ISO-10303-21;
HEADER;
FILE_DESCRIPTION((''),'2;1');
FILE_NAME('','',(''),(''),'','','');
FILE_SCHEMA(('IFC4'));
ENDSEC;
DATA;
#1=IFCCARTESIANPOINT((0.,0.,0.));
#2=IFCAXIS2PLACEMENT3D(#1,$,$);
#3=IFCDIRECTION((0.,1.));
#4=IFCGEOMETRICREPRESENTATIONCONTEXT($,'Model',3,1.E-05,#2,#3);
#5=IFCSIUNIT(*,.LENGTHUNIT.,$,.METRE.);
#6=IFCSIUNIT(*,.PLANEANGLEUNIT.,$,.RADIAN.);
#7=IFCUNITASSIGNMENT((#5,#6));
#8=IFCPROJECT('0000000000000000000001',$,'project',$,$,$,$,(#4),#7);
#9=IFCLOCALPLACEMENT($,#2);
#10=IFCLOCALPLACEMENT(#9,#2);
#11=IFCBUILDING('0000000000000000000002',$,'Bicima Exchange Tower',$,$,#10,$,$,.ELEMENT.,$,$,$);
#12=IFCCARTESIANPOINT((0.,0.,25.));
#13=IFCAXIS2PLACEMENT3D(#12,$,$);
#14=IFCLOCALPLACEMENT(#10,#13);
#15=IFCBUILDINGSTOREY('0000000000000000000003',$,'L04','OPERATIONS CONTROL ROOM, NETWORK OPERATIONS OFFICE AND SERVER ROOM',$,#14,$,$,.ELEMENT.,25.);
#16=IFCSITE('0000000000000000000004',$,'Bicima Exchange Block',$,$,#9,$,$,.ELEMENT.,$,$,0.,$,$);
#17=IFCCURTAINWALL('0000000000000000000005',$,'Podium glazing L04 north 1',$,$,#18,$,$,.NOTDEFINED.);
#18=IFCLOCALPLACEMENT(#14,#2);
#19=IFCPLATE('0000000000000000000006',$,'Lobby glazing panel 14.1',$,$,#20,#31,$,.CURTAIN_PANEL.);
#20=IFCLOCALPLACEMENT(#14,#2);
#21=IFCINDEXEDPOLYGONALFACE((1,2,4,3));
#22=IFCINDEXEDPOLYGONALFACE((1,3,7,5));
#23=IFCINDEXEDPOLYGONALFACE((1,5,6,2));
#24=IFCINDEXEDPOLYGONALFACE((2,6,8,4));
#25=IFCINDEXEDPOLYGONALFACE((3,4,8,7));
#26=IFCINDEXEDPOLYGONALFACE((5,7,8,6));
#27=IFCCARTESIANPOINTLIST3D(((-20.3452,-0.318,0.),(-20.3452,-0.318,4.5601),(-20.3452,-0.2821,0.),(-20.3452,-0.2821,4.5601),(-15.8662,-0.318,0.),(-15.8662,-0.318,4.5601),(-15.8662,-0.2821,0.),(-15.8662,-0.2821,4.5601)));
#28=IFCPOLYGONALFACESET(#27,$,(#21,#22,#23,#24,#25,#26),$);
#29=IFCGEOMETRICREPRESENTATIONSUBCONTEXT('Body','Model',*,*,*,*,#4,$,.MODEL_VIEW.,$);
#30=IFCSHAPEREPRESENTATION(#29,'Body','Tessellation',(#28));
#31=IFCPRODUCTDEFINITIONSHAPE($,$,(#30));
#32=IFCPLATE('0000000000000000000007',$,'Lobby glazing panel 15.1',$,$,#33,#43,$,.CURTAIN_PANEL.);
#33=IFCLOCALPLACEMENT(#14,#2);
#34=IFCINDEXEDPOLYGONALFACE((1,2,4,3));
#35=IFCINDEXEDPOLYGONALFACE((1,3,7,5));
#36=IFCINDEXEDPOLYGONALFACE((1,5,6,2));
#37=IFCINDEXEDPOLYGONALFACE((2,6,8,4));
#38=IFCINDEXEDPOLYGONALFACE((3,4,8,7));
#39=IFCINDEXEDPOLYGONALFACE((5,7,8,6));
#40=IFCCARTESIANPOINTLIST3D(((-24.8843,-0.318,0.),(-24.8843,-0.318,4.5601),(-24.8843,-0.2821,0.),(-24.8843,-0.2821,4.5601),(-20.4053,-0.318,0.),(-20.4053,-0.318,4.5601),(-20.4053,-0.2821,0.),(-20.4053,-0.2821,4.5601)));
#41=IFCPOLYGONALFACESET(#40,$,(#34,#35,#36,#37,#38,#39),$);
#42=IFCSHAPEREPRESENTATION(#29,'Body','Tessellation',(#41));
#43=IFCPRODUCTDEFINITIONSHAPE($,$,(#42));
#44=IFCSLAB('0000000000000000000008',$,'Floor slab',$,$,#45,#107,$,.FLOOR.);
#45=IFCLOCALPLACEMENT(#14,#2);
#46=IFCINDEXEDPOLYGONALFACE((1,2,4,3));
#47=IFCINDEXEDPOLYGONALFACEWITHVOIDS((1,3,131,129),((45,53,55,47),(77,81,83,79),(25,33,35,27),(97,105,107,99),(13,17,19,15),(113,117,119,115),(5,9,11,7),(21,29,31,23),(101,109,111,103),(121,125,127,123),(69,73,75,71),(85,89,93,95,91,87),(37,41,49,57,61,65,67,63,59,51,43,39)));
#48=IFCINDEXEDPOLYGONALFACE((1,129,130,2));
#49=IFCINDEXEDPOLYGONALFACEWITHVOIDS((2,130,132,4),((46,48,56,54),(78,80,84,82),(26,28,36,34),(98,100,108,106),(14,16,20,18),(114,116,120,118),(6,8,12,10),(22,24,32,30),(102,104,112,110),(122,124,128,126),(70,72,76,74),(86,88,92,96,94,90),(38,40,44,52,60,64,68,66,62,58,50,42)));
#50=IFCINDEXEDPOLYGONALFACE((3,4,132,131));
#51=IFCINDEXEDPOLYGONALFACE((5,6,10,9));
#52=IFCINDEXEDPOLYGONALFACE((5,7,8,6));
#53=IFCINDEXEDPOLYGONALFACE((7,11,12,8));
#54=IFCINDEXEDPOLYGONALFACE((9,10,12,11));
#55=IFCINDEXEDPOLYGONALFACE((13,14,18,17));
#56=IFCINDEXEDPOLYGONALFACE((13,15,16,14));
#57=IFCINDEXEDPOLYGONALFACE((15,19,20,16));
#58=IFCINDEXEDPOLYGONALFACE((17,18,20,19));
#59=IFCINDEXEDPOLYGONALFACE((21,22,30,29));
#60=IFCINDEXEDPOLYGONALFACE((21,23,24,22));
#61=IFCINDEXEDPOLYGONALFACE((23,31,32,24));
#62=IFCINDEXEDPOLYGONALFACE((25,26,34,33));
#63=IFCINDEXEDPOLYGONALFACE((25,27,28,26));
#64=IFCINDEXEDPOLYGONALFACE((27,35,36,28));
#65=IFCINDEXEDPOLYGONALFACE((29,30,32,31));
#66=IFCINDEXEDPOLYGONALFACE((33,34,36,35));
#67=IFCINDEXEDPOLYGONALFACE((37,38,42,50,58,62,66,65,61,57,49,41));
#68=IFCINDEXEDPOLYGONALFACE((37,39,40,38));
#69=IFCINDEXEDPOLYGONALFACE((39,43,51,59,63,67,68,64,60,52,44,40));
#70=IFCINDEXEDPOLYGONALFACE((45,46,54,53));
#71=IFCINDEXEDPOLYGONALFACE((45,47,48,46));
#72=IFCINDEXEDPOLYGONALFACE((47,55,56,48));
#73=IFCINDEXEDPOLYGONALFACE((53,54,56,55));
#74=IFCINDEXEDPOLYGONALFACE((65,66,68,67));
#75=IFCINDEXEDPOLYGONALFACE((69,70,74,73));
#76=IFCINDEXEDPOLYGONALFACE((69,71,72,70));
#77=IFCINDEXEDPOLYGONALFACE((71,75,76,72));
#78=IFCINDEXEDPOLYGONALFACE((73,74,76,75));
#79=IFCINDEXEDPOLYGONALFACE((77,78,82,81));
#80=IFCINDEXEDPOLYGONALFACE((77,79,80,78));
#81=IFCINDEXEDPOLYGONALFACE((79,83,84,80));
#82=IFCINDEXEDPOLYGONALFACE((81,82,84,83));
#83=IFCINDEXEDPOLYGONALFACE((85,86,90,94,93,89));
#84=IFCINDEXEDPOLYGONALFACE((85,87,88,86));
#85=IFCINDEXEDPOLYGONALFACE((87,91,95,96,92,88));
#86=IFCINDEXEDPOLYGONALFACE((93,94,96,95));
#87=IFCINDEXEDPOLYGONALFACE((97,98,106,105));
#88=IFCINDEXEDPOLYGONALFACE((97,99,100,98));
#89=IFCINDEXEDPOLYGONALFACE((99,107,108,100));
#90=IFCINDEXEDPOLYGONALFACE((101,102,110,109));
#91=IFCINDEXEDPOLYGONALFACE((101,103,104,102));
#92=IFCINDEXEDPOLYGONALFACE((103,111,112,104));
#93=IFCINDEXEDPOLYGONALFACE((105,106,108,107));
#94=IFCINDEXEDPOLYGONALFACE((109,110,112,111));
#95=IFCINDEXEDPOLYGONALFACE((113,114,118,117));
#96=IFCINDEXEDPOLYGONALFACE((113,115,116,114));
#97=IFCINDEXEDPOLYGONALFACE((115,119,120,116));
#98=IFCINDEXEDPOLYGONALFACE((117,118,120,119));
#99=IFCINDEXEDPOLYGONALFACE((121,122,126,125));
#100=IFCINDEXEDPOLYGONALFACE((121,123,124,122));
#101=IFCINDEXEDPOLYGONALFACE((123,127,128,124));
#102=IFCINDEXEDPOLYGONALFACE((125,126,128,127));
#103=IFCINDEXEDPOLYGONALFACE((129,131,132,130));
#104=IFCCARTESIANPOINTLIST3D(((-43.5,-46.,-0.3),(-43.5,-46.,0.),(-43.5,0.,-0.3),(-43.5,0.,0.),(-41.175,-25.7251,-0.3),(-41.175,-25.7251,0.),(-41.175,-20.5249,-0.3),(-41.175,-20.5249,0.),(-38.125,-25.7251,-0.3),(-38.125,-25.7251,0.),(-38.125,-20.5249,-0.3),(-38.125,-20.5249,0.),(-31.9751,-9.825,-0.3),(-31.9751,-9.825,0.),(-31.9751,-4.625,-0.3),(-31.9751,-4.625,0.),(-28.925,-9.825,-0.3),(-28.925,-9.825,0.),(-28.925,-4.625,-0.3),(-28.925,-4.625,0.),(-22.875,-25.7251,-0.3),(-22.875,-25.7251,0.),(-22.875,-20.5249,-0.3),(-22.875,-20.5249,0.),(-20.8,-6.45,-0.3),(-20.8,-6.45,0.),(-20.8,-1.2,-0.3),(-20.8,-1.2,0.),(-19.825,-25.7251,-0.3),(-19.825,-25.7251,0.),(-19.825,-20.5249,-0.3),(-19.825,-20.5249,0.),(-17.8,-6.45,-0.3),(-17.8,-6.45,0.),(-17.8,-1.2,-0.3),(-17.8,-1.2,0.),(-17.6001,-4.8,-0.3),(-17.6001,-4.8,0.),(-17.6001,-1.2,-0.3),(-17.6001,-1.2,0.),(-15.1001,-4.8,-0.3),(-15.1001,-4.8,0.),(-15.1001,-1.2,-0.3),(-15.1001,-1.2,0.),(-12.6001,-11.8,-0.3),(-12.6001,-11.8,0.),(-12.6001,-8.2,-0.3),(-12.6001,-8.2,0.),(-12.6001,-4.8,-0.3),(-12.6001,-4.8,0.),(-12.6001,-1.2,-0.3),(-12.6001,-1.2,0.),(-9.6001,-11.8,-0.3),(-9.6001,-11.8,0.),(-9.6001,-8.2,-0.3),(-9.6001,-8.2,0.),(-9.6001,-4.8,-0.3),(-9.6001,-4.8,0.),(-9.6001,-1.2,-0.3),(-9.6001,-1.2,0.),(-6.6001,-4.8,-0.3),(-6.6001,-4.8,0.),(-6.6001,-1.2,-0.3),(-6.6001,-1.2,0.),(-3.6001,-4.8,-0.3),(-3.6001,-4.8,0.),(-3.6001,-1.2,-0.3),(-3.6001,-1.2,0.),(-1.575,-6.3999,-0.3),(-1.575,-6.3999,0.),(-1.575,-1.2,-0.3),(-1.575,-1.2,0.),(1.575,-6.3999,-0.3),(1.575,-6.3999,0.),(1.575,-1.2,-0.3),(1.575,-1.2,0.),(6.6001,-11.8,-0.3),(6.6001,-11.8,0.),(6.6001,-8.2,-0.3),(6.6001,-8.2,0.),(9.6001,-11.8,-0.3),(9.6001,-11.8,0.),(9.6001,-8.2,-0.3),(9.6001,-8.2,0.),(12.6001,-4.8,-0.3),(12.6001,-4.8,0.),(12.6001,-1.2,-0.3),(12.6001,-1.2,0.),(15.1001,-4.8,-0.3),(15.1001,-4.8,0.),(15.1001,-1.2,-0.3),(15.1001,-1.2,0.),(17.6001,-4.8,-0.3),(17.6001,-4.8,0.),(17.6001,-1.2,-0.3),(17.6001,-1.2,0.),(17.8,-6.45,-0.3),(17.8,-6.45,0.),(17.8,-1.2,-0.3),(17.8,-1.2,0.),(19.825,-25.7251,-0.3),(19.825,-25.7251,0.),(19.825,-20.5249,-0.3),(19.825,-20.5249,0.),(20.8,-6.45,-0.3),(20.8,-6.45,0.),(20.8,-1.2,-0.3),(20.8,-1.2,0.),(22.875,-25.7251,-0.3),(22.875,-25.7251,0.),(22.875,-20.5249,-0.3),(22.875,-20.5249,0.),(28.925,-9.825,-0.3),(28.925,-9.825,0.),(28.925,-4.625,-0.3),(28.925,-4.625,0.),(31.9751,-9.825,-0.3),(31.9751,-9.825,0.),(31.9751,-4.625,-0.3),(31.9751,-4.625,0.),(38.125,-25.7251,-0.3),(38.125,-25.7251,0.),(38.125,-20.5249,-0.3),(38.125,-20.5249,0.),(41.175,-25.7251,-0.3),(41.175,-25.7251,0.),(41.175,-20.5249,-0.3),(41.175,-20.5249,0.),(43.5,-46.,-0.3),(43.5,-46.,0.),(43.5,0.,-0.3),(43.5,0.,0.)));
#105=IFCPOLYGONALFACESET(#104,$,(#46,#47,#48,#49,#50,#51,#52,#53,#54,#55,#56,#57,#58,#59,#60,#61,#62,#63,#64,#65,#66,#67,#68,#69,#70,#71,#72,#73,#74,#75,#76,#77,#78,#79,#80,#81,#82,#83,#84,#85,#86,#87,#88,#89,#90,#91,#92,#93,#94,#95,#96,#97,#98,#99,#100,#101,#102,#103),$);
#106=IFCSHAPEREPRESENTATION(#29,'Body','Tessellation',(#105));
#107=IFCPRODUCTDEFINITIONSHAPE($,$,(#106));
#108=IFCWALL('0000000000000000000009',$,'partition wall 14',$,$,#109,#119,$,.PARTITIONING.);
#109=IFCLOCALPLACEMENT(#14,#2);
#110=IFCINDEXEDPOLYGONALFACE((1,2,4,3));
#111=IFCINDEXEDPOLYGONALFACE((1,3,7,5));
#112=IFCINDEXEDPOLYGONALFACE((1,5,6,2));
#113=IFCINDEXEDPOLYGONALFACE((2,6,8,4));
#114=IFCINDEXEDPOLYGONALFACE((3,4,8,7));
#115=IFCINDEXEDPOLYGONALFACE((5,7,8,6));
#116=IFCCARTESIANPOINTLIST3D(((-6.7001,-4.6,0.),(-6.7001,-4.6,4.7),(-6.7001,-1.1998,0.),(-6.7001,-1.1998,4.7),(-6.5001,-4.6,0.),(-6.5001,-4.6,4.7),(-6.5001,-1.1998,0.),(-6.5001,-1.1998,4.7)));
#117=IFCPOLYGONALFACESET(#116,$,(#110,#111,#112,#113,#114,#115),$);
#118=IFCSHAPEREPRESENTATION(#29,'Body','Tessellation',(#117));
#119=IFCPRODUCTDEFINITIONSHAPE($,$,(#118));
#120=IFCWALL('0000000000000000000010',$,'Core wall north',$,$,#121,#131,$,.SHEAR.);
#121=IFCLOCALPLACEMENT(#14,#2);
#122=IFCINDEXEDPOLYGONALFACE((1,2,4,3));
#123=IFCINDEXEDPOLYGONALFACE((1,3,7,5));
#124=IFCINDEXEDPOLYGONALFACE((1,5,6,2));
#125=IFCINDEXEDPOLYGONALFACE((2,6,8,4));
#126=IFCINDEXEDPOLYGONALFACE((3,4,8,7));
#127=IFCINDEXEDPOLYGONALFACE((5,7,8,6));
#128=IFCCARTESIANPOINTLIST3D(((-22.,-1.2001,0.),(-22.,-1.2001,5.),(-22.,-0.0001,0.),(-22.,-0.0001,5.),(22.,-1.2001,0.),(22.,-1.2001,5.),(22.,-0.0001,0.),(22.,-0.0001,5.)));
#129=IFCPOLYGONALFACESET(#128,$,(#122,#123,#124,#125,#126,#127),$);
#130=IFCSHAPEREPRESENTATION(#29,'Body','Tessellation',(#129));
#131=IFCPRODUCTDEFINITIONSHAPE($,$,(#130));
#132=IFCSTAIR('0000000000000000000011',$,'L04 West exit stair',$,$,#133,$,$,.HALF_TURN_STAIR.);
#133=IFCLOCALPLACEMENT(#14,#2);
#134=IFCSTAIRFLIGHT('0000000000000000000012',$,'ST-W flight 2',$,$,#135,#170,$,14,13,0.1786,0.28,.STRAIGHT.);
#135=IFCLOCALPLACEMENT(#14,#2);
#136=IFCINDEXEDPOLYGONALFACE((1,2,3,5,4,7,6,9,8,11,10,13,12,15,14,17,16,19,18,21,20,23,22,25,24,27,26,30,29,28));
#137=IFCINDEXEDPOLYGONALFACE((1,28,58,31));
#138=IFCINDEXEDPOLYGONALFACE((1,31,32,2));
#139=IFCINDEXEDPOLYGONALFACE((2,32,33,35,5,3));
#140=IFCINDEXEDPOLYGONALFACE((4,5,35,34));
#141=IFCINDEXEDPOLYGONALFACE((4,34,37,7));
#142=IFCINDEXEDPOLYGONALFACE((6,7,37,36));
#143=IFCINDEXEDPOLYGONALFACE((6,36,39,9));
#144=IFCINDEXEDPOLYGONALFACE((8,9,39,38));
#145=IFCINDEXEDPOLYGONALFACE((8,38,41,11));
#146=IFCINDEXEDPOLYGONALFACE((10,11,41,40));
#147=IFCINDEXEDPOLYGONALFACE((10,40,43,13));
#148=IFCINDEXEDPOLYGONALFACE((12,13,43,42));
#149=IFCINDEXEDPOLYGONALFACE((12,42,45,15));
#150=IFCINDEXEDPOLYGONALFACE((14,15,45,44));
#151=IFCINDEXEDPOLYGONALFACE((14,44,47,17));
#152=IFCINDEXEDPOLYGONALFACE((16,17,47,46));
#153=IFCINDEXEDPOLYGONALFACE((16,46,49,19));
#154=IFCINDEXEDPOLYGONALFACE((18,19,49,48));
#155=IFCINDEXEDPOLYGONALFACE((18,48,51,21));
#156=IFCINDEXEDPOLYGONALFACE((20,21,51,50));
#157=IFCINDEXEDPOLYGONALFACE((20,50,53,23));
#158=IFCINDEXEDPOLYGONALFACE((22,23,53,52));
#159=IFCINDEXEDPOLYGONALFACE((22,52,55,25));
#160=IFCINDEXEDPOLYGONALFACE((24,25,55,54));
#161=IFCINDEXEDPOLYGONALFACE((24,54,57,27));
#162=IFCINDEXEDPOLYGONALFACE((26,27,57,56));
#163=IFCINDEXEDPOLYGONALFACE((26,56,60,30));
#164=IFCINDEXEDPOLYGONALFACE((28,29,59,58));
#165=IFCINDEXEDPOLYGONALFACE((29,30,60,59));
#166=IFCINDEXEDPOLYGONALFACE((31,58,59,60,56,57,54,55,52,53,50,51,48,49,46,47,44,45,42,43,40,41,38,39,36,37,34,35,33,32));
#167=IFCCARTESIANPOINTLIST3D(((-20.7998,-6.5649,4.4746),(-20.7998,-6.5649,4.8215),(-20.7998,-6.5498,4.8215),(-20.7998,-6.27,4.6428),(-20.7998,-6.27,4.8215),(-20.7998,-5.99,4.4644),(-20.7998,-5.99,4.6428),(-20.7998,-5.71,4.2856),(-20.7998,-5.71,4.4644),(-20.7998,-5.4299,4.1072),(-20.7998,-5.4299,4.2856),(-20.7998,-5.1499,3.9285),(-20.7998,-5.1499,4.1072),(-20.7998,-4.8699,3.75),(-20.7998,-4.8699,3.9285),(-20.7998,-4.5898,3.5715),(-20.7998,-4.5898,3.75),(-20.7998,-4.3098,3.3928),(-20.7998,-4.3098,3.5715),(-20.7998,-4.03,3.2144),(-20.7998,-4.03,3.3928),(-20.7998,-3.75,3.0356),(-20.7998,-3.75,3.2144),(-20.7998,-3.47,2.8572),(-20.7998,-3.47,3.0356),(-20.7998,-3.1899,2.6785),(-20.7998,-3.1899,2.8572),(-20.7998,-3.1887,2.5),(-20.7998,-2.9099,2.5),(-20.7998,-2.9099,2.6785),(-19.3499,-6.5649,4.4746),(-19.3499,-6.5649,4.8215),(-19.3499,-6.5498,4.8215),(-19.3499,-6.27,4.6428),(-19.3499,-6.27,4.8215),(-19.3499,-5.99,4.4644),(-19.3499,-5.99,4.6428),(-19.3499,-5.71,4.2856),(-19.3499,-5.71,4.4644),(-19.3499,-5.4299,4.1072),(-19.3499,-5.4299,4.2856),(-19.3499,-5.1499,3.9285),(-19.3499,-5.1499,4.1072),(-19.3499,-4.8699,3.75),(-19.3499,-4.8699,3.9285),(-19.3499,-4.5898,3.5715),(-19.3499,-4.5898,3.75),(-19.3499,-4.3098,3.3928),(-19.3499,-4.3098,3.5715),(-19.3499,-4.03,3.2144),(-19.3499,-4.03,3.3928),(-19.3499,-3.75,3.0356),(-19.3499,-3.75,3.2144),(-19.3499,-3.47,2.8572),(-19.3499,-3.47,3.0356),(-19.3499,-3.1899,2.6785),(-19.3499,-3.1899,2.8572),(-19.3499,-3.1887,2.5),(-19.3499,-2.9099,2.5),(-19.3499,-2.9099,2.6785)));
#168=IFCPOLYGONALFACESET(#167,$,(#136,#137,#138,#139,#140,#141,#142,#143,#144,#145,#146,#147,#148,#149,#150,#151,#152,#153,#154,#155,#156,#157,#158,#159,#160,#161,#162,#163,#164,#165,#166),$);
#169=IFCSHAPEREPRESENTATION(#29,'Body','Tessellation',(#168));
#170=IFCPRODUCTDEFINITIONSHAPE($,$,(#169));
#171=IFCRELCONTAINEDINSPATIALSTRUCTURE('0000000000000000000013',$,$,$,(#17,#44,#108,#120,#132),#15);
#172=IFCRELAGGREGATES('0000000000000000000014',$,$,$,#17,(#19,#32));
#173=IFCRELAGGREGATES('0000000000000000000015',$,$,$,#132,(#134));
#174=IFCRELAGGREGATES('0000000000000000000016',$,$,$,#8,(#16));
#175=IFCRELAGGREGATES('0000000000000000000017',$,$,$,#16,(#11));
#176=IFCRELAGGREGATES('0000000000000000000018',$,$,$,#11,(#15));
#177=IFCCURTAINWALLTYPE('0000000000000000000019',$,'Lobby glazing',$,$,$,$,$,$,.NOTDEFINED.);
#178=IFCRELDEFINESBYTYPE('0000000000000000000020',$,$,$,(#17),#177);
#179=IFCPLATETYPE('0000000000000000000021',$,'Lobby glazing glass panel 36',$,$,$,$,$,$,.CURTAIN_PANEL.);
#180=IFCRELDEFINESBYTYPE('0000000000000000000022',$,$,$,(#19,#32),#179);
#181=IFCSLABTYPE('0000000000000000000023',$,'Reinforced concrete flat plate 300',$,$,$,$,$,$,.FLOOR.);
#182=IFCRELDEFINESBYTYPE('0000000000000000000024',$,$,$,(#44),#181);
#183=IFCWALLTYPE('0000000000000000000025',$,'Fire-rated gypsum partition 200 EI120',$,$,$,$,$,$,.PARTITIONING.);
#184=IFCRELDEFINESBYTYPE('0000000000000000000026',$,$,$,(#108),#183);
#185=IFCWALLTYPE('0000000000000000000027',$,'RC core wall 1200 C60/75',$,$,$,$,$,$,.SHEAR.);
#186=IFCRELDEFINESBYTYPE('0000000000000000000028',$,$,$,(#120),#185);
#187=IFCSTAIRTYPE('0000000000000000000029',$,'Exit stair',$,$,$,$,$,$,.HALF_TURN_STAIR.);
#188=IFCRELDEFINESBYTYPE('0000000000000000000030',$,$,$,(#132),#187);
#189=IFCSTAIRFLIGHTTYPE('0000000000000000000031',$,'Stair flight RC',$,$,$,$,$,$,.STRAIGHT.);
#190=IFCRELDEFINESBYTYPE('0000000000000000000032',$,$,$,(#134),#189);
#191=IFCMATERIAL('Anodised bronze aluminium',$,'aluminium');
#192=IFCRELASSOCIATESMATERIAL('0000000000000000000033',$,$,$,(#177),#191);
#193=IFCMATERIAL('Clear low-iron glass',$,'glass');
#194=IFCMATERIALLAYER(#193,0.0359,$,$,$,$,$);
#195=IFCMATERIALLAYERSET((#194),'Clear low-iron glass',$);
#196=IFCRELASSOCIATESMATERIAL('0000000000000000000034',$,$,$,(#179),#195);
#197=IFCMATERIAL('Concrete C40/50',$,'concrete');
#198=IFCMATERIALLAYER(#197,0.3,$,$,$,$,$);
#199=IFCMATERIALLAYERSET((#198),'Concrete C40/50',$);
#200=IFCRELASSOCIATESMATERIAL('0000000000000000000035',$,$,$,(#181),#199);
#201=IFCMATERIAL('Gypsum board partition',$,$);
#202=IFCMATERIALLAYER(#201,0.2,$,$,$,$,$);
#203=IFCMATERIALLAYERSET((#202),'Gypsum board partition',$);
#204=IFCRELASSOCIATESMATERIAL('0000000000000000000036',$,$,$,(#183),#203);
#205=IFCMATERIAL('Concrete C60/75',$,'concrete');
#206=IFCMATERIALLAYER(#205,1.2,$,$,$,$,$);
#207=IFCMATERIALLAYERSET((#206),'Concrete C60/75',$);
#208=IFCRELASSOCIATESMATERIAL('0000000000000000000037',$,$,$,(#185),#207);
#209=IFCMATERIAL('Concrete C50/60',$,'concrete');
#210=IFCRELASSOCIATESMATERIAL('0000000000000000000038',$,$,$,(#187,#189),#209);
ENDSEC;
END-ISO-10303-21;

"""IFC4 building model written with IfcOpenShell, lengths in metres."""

from ifc_helpers import new_model, si_unit, direction, frame, frame_2d, origin, origin_2d, place, context, subcontext, project, spatial, polyline, rectangle, outline, extrude, material, layer, layer_set, type_object, element, aggregate, save


model = new_model("IFC4")

# Units and contexts
model_context = context("Model", 3, precision=1e-05, world=origin(), true_north=direction((0.0, 1.0)))
body_context = subcontext(model_context, "Body", "Model", "MODEL_VIEW")
ifc_project = project(units=[si_unit("LENGTHUNIT", "METRE"), si_unit("PLANEANGLEUNIT", "RADIAN")], contexts=[model_context])

# Site, building, storey
site_placement = place(None, origin())
site = spatial("IfcSite", under=ifc_project, at=site_placement, Name="Bicima Exchange Block", CompositionType="ELEMENT", RefElevation=0.0)
building_placement = place(site_placement, origin())
building = spatial("IfcBuilding", under=site, at=building_placement, Name="Bicima Exchange Tower", CompositionType="ELEMENT")
storey_placement = place(building_placement, frame((0.0, 0.0, 25.0)))
storey = spatial("IfcBuildingStorey", under=building, at=storey_placement, Name="L04", Description="OPERATIONS CONTROL ROOM, NETWORK OPERATIONS OFFICE AND SERVER ROOM", CompositionType="ELEMENT", Elevation=25.0)

# Shared definitions
ifc_material_1 = material(Name="Concrete C60/75", Category="concrete")

# Curtain wall, plates
ifc_material_2 = material(Name="Anodised bronze aluminium", Category="aluminium")
curtain_wall_type = type_object("IfcCurtainWallType", Name="Lobby glazing", PredefinedType="NOTDEFINED", material=ifc_material_2)
curtain_wall_placement = place(storey_placement, origin())
curtain_wall = element("IfcCurtainWall", 1, at=curtain_wall_placement, inside=storey, type_object=curtain_wall_type, Name="Podium glazing L04 north 1", PredefinedType="NOTDEFINED")
ifc_material_3 = material(Name="Clear low-iron glass", Category="glass")
ifc_layer_1 = layer(ifc_material_3, 0.0359)
ifc_layer_set_1 = layer_set([ifc_layer_1], Name="Clear low-iron glass")
plate_type = type_object("IfcPlateType", Name="Lobby glazing glass panel 36", PredefinedType="CURTAIN_PANEL", material=ifc_layer_set_1)
plate_1_placement = place(storey_placement, frame((-18.1057, -0.3, 0.0), z_axis=(0.0, 0.0, 1.0), x_axis=(-1.0, 0.0, 0.0)))
plate_1 = element("IfcPlate", 2, at=plate_1_placement, type_object=plate_type, Name="Lobby glazing panel 14.1", PredefinedType="CURTAIN_PANEL", context=body_context, shape_type="SweptSolid", body=[
    extrude(rectangle(XDim=4.479, YDim=0.0359, at=origin_2d()), origin(), (0.0, 0.0, 1.0), 4.5601),
])
plate_2_placement = place(storey_placement, frame((-22.6448, -0.3, 0.0), z_axis=(0.0, 0.0, 1.0), x_axis=(-1.0, 0.0, 0.0)))
plate_2 = element("IfcPlate", 3, at=plate_2_placement, type_object=plate_type, Name="Lobby glazing panel 15.1", PredefinedType="CURTAIN_PANEL", context=body_context, shape_type="SweptSolid", body=[
    extrude(rectangle(XDim=4.479, YDim=0.0359, at=origin_2d()), origin(), (0.0, 0.0, 1.0), 4.5601),
])
aggregate(curtain_wall, [plate_1, plate_2])

# Slab
ifc_material_4 = material(Name="Concrete C40/50", Category="concrete")
ifc_layer_2 = layer(ifc_material_4, 0.3)
ifc_layer_set_2 = layer_set([ifc_layer_2], Name="Concrete C40/50")
slab_type = type_object("IfcSlabType", Name="Reinforced concrete flat plate 300", PredefinedType="FLOOR", material=ifc_layer_set_2)
slab_placement = place(storey_placement, frame((0.0, 0.0, -0.3)))
element("IfcSlab", 4, at=slab_placement, inside=storey, type_object=slab_type, Name="Floor slab", PredefinedType="FLOOR", context=body_context, shape_type="SweptSolid", body=[
    extrude(outline(polyline([(-43.5, 0.0), (43.5, 0.0), (43.5, -46.0), (-43.5, -46.0), (-43.5, 0.0)]), holes=[polyline([(-41.175, -25.7251), (-38.125, -25.7251), (-38.125, -20.5249), (-41.175, -20.5249), (-41.175, -25.7251)]), polyline([(-22.875, -25.7251), (-19.825, -25.7251), (-19.825, -20.5249), (-22.875, -20.5249), (-22.875, -25.7251)]), polyline([(-12.6001, -11.8), (-9.6001, -11.8), (-9.6001, -8.2), (-12.6001, -8.2), (-12.6001, -11.8)]), polyline([(-31.9751, -9.825), (-28.925, -9.825), (-28.925, -4.625), (-31.9751, -4.625), (-31.9751, -9.825)]), polyline([(-20.8, -6.45), (-17.8, -6.45), (-17.8, -1.2), (-20.8, -1.2), (-20.8, -6.45)]), polyline([(-17.6001, -1.2), (-17.6001, -4.8), (-15.1001, -4.8), (-12.6001, -4.8), (-9.6001, -4.8), (-6.6001, -4.8), (-3.6001, -4.8), (-3.6001, -1.2), (-6.6001, -1.2), (-9.6001, -1.2), (-12.6001, -1.2), (-15.1001, -1.2), (-17.6001, -1.2)]), polyline([(19.825, -25.7251), (22.875, -25.7251), (22.875, -20.5249), (19.825, -20.5249), (19.825, -25.7251)]), polyline([(38.125, -25.7251), (41.175, -25.7251), (41.175, -20.5249), (38.125, -20.5249), (38.125, -25.7251)]), polyline([(6.6001, -11.8), (9.6001, -11.8), (9.6001, -8.2), (6.6001, -8.2), (6.6001, -11.8)]), polyline([(28.925, -9.825), (31.9751, -9.825), (31.9751, -4.625), (28.925, -4.625), (28.925, -9.825)]), polyline([(17.8, -6.45), (20.8, -6.45), (20.8, -1.2), (17.8, -1.2), (17.8, -6.45)]), polyline([(-1.575, -6.3999), (1.575, -6.3999), (1.575, -1.2), (-1.575, -1.2), (-1.575, -6.3999)]), polyline([(15.1001, -4.8), (17.6001, -4.8), (17.6001, -1.2), (15.1001, -1.2), (12.6001, -1.2), (12.6001, -4.8), (15.1001, -4.8)])]), origin(), (0.0, 0.0, 1.0), 0.3),
])

# Walls
ifc_material_5 = material(Name="Gypsum board partition")
ifc_layer_3 = layer(ifc_material_5, 0.2)
ifc_layer_set_3 = layer_set([ifc_layer_3], Name="Gypsum board partition")
wall_type_1 = type_object("IfcWallType", Name="Fire-rated gypsum partition 200 EI120", PredefinedType="PARTITIONING", material=ifc_layer_set_3)
wall_1_placement = place(storey_placement, frame((-6.6001, -4.6001, 0.0), z_axis=(0.0, 0.0, 1.0), x_axis=(0.0, 1.0, 0.0)))
element("IfcWall", 5, at=wall_1_placement, inside=storey, type_object=wall_type_1, Name="partition wall 14", PredefinedType="PARTITIONING", context=body_context, shape_type="SweptSolid", body=[
    extrude(rectangle(XDim=3.4001, YDim=0.2, at=frame_2d((1.7002, 0.0))), origin(), (0.0, 0.0, 1.0), 4.7),
])
ifc_layer_4 = layer(ifc_material_1, 1.2)
ifc_layer_set_4 = layer_set([ifc_layer_4], Name="Concrete C60/75")
wall_type_2 = type_object("IfcWallType", Name="RC core wall 1200 C60/75", PredefinedType="SHEAR", material=ifc_layer_set_4)
wall_2_placement = place(storey_placement, frame((-22.0, -0.6001, 0.0), z_axis=(0.0, 0.0, 1.0), x_axis=(1.0, 0.0, 0.0)))
element("IfcWall", 6, at=wall_2_placement, inside=storey, type_object=wall_type_2, Name="Core wall north", PredefinedType="SHEAR", context=body_context, shape_type="SweptSolid", body=[
    extrude(rectangle(XDim=44.0, YDim=1.2, at=frame_2d((22.0, 0.0))), origin(), (0.0, 0.0, 1.0), 5.0),
])

# Stair, stair flight
ifc_material_6 = material(Name="Concrete C50/60", Category="concrete")
stair_type_1 = type_object("IfcStairType", Name="Exit stair", PredefinedType="HALF_TURN_STAIR", material=ifc_material_6)
stair_1_placement = place(storey_placement, origin())
stair_1 = element("IfcStair", 7, at=stair_1_placement, inside=storey, type_object=stair_type_1, Name="L04 West exit stair", PredefinedType="HALF_TURN_STAIR")
stair_flight_type_1 = type_object("IfcStairFlightType", Name="Stair flight RC", PredefinedType="STRAIGHT", material=ifc_material_6)
stair_flight_1_placement = place(storey_placement, frame((-20.075, -2.9099, 2.5), z_axis=(0.0, 0.0, 1.0), x_axis=(0.0, -1.0, 0.0)))
stair_flight_1 = element("IfcStairFlight", 8, at=stair_flight_1_placement, type_object=stair_flight_type_1, Name="ST-W flight 2", NumberOfRisers=14, NumberOfTreads=13, PredefinedType="STRAIGHT", RiserHeight=0.1786, TreadLength=0.28, context=body_context, shape_type="SweptSolid", body=[
    extrude(outline(polyline([(0.0, 0.0), (0.0, 0.1785), (0.28, 0.1785), (0.28, 0.3572), (0.5601, 0.3572), (0.5601, 0.5356), (0.8401, 0.5356), (0.8401, 0.7144), (1.1201, 0.7144), (1.1201, 0.8928), (1.3999, 0.8928), (1.3999, 1.0715), (1.6799, 1.0715), (1.6799, 1.25), (1.96, 1.25), (1.96, 1.4285), (2.24, 1.4285), (2.24, 1.6072), (2.52, 1.6072), (2.52, 1.7856), (2.8, 1.7856), (2.8, 1.9644), (3.0801, 1.9644), (3.0801, 2.1428), (3.3601, 2.1428), (3.3601, 2.3215), (3.6399, 2.3215), (3.655, 2.3215), (3.655, 1.9746), (0.2788, 0.0), (0.0, 0.0)])), frame((0.0, 0.7251, 0.0), z_axis=(0.0, -1.0, 0.0), x_axis=(1.0, 0.0, 0.0)), (0.0, 0.0, 1.0), 1.45),
])
aggregate(stair_1, [stair_flight_1])

save(model, "model.ifc")
